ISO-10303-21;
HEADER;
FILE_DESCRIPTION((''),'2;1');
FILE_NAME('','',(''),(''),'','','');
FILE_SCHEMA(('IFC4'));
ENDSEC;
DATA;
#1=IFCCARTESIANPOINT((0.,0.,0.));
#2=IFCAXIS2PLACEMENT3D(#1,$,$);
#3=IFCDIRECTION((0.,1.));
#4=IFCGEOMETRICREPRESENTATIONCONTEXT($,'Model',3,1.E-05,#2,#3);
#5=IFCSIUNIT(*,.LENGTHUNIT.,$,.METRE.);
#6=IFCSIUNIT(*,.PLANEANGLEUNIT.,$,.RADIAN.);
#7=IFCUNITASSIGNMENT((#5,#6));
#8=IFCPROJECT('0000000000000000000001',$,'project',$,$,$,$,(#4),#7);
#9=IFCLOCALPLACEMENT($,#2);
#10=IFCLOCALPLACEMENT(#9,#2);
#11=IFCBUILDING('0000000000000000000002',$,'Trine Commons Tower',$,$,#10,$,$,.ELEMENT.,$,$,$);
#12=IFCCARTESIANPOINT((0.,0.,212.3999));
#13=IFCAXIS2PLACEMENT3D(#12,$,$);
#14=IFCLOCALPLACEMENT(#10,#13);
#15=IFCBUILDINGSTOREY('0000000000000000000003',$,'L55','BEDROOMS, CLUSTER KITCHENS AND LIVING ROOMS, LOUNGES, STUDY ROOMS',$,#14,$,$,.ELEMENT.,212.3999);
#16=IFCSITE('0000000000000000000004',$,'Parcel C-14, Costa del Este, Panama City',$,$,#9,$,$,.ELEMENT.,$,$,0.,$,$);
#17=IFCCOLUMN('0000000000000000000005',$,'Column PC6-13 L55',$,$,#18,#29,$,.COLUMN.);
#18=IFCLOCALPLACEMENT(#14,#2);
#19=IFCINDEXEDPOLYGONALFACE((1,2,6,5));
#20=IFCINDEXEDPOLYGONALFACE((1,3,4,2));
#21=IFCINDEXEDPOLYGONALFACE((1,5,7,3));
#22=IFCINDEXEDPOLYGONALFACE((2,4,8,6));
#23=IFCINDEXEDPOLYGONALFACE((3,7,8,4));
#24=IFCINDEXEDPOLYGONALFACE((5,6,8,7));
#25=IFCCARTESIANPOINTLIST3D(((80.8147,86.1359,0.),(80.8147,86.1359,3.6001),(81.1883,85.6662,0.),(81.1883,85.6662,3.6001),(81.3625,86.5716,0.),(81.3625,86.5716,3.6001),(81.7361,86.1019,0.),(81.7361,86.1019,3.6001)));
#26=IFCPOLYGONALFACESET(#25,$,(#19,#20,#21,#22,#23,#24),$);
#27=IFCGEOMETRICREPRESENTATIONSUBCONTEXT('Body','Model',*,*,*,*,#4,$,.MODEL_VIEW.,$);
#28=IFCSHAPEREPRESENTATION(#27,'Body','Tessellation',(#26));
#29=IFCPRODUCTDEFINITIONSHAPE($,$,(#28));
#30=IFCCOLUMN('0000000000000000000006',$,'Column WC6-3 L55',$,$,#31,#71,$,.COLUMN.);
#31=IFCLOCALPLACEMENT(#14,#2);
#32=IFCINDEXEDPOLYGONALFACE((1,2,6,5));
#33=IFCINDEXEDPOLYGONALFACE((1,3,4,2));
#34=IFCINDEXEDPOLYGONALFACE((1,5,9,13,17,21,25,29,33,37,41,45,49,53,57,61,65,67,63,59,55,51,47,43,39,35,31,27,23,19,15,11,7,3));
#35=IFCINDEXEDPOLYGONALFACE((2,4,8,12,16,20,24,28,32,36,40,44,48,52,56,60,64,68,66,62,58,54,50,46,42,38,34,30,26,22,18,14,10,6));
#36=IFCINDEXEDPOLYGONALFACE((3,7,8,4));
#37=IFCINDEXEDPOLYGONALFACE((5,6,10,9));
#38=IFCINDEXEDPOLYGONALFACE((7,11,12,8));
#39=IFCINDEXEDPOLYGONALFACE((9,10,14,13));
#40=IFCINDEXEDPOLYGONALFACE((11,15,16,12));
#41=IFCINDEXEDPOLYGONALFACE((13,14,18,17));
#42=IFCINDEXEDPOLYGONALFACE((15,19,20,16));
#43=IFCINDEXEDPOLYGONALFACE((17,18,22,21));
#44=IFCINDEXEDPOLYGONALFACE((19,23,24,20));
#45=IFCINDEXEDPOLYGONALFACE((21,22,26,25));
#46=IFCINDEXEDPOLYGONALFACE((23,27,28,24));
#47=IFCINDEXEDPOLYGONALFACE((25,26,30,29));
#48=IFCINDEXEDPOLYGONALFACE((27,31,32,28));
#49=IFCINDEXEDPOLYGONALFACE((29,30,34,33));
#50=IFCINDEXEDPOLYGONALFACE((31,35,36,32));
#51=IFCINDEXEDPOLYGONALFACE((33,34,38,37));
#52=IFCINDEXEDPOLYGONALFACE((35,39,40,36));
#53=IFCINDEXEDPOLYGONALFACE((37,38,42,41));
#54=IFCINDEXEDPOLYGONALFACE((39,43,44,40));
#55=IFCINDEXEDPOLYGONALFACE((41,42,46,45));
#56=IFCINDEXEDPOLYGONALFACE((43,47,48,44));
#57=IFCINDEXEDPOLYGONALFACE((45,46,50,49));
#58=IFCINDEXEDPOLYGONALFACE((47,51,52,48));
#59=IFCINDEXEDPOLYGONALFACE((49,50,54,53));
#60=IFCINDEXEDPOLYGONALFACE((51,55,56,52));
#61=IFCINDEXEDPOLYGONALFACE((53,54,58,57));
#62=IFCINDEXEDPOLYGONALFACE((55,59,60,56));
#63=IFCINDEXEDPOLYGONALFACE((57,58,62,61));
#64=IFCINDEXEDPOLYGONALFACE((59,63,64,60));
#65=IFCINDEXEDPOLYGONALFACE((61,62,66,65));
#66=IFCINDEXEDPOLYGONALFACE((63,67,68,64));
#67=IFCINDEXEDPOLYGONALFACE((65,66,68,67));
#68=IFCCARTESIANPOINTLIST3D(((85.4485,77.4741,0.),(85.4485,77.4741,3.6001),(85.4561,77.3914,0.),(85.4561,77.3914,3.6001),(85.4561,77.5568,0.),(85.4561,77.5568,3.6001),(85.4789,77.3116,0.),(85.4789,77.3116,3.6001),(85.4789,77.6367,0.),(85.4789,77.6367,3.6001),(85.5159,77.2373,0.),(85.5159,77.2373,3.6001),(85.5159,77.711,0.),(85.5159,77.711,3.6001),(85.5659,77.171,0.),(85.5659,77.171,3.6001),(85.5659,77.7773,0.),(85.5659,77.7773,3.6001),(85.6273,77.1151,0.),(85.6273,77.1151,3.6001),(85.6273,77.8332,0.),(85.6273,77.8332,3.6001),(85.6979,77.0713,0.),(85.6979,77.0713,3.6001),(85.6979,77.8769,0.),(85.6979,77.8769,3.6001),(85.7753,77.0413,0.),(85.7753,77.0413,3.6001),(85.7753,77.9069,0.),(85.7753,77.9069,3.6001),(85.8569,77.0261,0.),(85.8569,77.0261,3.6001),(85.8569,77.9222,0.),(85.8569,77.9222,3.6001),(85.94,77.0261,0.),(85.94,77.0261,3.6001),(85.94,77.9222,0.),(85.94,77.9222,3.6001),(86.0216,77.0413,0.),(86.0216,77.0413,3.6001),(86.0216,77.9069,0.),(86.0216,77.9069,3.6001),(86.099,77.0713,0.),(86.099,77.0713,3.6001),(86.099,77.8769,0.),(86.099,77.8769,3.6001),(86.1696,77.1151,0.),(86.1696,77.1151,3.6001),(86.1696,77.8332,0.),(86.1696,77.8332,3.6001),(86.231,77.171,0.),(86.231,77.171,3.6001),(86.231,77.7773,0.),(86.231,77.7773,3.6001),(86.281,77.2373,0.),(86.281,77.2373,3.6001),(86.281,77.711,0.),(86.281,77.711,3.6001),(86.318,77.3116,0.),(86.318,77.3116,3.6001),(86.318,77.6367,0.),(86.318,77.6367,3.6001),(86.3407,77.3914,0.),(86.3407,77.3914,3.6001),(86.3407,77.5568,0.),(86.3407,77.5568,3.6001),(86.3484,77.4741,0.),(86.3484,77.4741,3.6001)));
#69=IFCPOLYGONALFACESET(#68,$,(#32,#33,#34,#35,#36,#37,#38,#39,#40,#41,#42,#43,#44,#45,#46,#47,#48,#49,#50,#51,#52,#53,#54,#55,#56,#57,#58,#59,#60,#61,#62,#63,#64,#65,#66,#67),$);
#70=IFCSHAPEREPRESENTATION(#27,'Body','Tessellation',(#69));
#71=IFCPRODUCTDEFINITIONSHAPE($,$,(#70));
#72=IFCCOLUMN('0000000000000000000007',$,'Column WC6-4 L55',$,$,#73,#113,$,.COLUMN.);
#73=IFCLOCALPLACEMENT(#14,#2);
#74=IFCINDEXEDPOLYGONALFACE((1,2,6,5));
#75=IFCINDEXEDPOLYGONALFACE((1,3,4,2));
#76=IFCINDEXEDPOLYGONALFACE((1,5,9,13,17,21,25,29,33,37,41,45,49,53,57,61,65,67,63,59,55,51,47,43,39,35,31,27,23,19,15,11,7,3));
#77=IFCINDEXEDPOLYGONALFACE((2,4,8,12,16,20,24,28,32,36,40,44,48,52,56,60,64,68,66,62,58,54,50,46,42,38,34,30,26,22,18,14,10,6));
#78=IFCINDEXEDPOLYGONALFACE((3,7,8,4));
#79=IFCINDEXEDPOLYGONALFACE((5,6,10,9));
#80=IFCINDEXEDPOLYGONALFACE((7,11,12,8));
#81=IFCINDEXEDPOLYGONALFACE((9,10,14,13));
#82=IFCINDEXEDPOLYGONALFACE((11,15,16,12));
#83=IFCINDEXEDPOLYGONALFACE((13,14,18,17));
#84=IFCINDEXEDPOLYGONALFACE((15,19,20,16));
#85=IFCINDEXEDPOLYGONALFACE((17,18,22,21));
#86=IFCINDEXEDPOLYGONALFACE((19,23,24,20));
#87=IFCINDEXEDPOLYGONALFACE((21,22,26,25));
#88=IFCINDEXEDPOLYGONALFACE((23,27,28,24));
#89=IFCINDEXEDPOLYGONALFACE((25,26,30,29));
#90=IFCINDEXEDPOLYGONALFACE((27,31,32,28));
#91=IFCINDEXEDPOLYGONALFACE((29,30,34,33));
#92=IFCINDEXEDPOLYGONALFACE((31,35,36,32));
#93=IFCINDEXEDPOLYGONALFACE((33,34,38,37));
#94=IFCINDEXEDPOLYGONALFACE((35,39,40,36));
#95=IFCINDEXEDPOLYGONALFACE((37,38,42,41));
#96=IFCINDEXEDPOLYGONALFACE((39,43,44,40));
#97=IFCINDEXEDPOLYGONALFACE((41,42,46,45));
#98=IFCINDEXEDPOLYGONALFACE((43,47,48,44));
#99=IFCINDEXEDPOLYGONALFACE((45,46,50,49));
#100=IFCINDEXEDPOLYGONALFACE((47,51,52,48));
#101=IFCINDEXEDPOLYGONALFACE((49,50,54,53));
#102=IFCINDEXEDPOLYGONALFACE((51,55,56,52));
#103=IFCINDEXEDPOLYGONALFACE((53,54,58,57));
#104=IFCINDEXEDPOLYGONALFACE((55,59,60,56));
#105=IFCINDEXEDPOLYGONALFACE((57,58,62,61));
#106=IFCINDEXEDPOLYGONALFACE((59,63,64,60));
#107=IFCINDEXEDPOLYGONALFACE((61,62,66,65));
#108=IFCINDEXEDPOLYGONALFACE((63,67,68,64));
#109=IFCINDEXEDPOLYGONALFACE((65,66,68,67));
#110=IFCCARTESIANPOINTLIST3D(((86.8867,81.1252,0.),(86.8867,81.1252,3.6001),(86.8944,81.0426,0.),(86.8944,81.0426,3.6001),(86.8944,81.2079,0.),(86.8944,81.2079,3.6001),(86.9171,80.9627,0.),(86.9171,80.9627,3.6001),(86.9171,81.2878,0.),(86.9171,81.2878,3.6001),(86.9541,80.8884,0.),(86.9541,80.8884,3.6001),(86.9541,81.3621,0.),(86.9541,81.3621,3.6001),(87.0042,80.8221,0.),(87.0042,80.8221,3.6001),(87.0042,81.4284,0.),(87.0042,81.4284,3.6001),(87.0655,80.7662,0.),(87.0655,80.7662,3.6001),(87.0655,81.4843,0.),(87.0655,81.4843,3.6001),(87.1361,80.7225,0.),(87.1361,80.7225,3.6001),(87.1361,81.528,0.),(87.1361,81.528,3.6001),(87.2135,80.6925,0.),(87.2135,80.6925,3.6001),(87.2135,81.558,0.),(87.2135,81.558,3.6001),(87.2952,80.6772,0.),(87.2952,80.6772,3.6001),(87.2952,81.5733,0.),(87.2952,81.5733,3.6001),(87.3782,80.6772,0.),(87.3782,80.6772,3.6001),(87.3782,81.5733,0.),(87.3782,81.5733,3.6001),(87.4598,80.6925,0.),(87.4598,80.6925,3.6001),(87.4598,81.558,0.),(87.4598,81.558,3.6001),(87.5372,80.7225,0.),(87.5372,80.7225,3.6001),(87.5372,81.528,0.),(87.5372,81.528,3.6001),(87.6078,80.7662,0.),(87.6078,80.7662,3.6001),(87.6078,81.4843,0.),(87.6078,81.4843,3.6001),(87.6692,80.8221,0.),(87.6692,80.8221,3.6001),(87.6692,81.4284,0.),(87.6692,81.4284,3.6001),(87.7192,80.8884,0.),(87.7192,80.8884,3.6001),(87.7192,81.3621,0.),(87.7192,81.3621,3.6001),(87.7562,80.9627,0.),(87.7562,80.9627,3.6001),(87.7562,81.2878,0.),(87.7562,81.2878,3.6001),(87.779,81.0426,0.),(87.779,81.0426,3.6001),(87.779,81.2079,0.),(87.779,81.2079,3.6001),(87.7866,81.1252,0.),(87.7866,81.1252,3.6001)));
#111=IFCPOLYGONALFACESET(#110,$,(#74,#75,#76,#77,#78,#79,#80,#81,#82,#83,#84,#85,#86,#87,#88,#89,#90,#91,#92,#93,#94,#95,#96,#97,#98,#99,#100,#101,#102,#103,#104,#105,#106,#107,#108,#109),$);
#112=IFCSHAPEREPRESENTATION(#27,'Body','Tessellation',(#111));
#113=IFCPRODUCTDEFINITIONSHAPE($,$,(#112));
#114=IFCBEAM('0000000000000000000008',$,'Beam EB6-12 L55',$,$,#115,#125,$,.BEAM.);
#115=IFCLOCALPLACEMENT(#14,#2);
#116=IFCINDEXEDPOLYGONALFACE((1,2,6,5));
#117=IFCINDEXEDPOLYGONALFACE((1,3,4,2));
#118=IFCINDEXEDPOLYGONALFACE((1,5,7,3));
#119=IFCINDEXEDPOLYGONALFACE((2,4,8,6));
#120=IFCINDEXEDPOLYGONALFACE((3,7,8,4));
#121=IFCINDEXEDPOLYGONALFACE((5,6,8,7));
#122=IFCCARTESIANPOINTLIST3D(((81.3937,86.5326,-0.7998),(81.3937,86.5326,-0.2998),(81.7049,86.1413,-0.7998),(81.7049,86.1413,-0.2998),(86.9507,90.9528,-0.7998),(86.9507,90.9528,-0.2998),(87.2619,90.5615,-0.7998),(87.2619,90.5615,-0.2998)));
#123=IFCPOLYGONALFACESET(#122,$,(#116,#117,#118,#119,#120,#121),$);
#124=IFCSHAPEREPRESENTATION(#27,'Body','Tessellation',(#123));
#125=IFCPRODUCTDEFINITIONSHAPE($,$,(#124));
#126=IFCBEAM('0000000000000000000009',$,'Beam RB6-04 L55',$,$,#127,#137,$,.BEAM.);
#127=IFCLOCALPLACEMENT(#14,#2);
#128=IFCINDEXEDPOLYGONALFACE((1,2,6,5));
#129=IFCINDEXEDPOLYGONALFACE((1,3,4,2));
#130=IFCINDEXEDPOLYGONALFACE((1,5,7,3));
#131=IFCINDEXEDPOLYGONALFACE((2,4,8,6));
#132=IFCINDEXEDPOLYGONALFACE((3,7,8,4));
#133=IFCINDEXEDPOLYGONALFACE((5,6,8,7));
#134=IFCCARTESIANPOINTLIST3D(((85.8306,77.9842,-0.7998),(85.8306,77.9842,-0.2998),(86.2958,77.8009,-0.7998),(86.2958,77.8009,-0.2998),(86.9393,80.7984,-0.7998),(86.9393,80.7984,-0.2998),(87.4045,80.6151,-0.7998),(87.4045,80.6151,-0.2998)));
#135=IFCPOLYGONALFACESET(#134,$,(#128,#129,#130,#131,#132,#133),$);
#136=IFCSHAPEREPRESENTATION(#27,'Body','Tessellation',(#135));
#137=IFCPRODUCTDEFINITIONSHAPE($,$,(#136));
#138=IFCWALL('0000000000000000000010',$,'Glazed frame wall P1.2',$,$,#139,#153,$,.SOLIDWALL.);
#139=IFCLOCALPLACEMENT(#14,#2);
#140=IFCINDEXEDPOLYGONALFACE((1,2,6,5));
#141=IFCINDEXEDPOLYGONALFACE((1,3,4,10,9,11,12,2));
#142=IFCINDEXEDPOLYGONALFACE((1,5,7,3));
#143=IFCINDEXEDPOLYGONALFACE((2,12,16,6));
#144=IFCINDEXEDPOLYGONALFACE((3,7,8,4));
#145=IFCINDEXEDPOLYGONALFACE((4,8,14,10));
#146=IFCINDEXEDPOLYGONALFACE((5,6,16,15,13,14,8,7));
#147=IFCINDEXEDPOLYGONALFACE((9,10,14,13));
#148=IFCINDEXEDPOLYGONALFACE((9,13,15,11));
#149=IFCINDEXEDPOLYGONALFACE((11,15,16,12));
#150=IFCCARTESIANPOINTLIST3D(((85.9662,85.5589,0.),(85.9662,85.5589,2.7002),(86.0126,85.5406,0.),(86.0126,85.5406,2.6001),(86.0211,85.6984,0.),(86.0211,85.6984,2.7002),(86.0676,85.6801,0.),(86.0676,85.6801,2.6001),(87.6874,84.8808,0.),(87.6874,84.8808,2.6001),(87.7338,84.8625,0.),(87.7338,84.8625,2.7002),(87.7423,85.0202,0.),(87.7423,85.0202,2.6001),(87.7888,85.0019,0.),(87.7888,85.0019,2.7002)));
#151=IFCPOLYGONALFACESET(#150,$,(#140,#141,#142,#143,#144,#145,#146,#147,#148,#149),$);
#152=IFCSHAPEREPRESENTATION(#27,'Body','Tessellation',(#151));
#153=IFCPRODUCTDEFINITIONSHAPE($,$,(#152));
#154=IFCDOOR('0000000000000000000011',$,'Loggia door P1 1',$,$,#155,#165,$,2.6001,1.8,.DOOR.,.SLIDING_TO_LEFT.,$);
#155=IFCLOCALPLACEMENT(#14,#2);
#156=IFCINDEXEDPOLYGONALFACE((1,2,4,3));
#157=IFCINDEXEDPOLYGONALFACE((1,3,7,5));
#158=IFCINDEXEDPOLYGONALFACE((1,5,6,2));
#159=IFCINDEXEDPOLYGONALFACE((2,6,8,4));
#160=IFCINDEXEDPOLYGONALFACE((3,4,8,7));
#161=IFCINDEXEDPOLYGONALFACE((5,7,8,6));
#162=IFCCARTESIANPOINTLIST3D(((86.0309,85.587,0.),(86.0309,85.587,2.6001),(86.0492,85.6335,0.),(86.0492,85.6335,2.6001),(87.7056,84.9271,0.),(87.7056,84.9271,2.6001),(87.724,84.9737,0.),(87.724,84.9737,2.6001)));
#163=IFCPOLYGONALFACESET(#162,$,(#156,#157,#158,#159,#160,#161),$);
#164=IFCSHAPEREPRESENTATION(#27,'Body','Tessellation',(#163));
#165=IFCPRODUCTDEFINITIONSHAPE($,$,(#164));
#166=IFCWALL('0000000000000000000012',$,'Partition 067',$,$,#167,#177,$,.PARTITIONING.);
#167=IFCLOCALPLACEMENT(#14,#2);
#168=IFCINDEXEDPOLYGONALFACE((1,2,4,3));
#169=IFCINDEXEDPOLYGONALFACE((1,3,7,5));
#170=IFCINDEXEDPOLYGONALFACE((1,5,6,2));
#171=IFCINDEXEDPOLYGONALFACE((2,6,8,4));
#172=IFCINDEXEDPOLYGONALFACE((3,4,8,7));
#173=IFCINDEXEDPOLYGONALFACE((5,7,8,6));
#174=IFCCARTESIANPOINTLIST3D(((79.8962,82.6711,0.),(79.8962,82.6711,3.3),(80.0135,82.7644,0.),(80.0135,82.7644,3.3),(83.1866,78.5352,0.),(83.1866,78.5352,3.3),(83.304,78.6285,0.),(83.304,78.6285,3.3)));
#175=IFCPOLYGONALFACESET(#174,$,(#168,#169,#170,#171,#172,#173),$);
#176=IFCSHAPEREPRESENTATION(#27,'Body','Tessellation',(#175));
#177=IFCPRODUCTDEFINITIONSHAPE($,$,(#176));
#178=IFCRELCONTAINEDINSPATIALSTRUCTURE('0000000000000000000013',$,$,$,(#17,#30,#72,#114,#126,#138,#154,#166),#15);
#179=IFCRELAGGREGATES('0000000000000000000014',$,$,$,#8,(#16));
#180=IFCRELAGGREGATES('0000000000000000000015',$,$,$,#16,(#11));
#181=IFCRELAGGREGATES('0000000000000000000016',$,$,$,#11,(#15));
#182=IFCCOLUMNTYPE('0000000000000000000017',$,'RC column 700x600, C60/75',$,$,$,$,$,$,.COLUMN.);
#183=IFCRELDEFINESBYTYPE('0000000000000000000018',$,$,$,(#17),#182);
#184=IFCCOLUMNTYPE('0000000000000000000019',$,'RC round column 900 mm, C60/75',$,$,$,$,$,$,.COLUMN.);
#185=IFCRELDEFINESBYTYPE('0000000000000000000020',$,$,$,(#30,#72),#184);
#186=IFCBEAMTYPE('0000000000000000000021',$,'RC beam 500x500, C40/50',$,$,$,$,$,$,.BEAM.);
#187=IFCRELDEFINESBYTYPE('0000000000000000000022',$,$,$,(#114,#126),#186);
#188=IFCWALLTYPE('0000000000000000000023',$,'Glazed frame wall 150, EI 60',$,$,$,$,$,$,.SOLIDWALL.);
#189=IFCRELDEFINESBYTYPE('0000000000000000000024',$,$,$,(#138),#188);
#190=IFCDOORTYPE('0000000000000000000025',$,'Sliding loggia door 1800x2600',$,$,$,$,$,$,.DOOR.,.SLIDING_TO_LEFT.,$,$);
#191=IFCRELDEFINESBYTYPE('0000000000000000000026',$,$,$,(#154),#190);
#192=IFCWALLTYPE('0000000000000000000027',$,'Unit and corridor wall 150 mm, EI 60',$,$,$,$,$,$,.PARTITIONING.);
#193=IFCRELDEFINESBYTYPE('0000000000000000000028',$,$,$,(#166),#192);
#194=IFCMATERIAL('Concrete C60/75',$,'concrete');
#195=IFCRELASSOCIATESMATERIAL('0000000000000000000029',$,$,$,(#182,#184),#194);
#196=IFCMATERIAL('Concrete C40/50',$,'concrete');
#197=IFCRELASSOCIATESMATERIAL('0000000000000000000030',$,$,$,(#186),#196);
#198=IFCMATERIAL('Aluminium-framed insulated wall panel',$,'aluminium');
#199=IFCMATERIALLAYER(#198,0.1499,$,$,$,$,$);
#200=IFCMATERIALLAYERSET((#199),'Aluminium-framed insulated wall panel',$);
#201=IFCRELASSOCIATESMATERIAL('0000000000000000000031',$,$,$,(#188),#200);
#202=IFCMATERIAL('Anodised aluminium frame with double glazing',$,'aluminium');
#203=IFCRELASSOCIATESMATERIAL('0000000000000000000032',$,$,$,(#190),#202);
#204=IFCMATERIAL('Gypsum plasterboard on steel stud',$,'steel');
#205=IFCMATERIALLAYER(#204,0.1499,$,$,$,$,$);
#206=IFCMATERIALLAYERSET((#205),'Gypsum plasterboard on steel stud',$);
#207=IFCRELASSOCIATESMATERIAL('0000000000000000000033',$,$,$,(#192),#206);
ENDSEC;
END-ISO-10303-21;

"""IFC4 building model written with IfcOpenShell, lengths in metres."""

from ifc_helpers import new_model, si_unit, direction, frame, frame_2d, origin, origin_2d, place, context, subcontext, project, spatial, polyline, rectangle, circle, outline, extrude, material, layer, layer_set, material_profile, profile_set, type_object, element, fill, save


model = new_model("IFC4")

# Units and contexts
model_context = context("Model", 3, precision=1e-05, world=origin(), true_north=direction((0.0, 1.0)))
body_context = subcontext(model_context, "Body", "Model", "MODEL_VIEW")
ifc_project = project(units=[si_unit("LENGTHUNIT", "METRE"), si_unit("PLANEANGLEUNIT", "RADIAN")], contexts=[model_context])

# Site, building, storey
site_placement = place(None, origin())
site = spatial("IfcSite", under=ifc_project, at=site_placement, Name="Parcel C-14, Costa del Este, Panama City", CompositionType="ELEMENT", RefElevation=0.0)
building_placement = place(site_placement, origin())
building = spatial("IfcBuilding", under=site, at=building_placement, Name="Trine Commons Tower", CompositionType="ELEMENT")
storey_placement = place(building_placement, frame((0.0, 0.0, 212.3999)))
storey = spatial("IfcBuildingStorey", under=building, at=storey_placement, Name="L55", Description="BEDROOMS, CLUSTER KITCHENS AND LIVING ROOMS, LOUNGES, STUDY ROOMS", CompositionType="ELEMENT", Elevation=212.3999)

# Columns
ifc_material_1 = material(Name="Concrete C60/75", Category="concrete")
ifc_material_profile_1 = material_profile(ifc_material_1, rectangle(XDim=0.7, YDim=0.6001, at=origin_2d()), Name="RC 700x600")
ifc_profile_set_1 = profile_set([ifc_material_profile_1], Name="Concrete C60/75")
column_type_1 = type_object("IfcColumnType", Name="RC column 700x600, C60/75", PredefinedType="COLUMN", material=ifc_profile_set_1)
column_placement = place(storey_placement, frame((81.2754, 86.1189, 0.0), z_axis=(0.0, 0.0, 1.0), x_axis=(0.782608, 0.622515, 0.0)))
element("IfcColumn", 1, at=column_placement, inside=storey, type_object=column_type_1, Name="Column PC6-13 L55", PredefinedType="COLUMN", context=body_context, shape_type="SweptSolid", body=[
    extrude(rectangle(XDim=0.7, YDim=0.6001, at=origin_2d()), origin(), (0.0, 0.0, 1.0), 3.6001),
])
ifc_material_profile_2 = material_profile(ifc_material_1, circle(Radius=0.45, at=origin_2d()), Name="RC round 900")
ifc_profile_set_2 = profile_set([ifc_material_profile_2], Name="Concrete C60/75")
column_type_2 = type_object("IfcColumnType", Name="RC round column 900 mm, C60/75", PredefinedType="COLUMN", material=ifc_profile_set_2)
for number, where, z_axis, x_axis, name in (
    (2, (85.8984, 77.4741, 0.0), (0.0, 0.0, 1.0), (1.0, 0.0, 0.0), "Column WC6-3 L55"),
    (3, (87.3367, 81.1252, 0.0), (0.0, 0.0, 1.0), (1.0, 0.0, 0.0), "Column WC6-4 L55"),
):
    element("IfcColumn", number, at=place(storey_placement, frame(where, z_axis=z_axis, x_axis=x_axis)), inside=storey, type_object=column_type_2, Name=name, PredefinedType="COLUMN", context=body_context, shape_type="SweptSolid", body=[
        extrude(circle(Radius=0.45, at=origin_2d()), origin(), (0.0, 0.0, 1.0), 3.6001),
    ])

# Beams
ifc_material_2 = material(Name="Concrete C40/50", Category="concrete")
ifc_material_profile_3 = material_profile(ifc_material_2, rectangle(XDim=0.5, YDim=0.5, at=origin_2d()), Name="RC 500x500")
ifc_profile_set_3 = profile_set([ifc_material_profile_3], Name="Concrete C40/50")
beam_type = type_object("IfcBeamType", Name="RC beam 500x500, C40/50", PredefinedType="BEAM", material=ifc_profile_set_3)
beam_1_placement = place(storey_placement, frame((81.5493, 86.3369, -0.5498), z_axis=(0.782607, 0.622516, 0.0), x_axis=(-0.622516, 0.782607, 0.0)))
element("IfcBeam", 4, at=beam_1_placement, inside=storey, type_object=beam_type, Name="Beam EB6-12 L55", PredefinedType="BEAM", context=body_context, shape_type="SweptSolid", body=[
    extrude(rectangle(XDim=0.5, YDim=0.5, at=origin_2d()), origin(), (0.0, 0.0, 1.0), 7.1006),
])
beam_2_placement = place(storey_placement, frame((86.0632, 77.8926, -0.5498), z_axis=(0.366529, 0.930407, 0.0), x_axis=(-0.930407, 0.366529, 0.0)))
element("IfcBeam", 5, at=beam_2_placement, inside=storey, type_object=beam_type, Name="Beam RB6-04 L55", PredefinedType="BEAM", context=body_context, shape_type="SweptSolid", body=[
    extrude(rectangle(XDim=0.5, YDim=0.5, at=origin_2d()), origin(), (0.0, 0.0, 1.0), 3.0247),
])

# Shared definitions
ifc_material_3 = material(Name="Aluminium-framed insulated wall panel", Category="aluminium")
ifc_layer_1 = layer(ifc_material_3, 0.1499)
ifc_layer_set_1 = layer_set([ifc_layer_1], Name="Aluminium-framed insulated wall panel")
wall_type_1 = type_object("IfcWallType", Name="Glazed frame wall 150, EI 60", PredefinedType="SOLIDWALL", material=ifc_layer_set_1)

# Wall, opening, door
wall_1_placement = place(storey_placement, frame((85.9937, 85.6287, 0.0), z_axis=(0.0, 0.0, 1.0), x_axis=(0.930387, -0.366578, 0.0)))
wall_1 = element("IfcWall", 6, at=wall_1_placement, inside=storey, type_object=wall_type_1, Name="Glazed frame wall P1.2", PredefinedType="SOLIDWALL", context=body_context, shape_type="SweptSolid", body=[
    extrude(outline(polyline([(0.0, -0.075), (1.8999, -0.075), (1.8999, 0.075), (0.0, 0.075), (0.0, -0.075)])), origin(), (0.0, 0.0, 1.0), 2.7002),
])
opening_1_placement = place(wall_1_placement, frame((0.05, 0.0, 0.0)))
opening_1 = element("IfcOpeningElement", 7, at=opening_1_placement, cuts=wall_1, PredefinedType="OPENING", context=body_context, shape_type="SweptSolid", body=[
    extrude(rectangle(XDim=1.8, YDim=2.6001, at=frame_2d((0.8999, 1.3))), frame((0.0, 0.085, 0.0), z_axis=(0.0, -1.0, 0.0), x_axis=(1.0, 0.0, 0.0)), (0.0, 0.0, 1.0), 0.1699),
])
ifc_material_4 = material(Name="Anodised aluminium frame with double glazing", Category="aluminium")
door_type_1 = type_object("IfcDoorType", Name="Sliding loggia door 1800x2600", OperationType="SLIDING_TO_LEFT", PredefinedType="DOOR", material=ifc_material_4)
door_1_placement = place(opening_1_placement, origin())
door_1 = element("IfcDoor", 8, at=door_1_placement, inside=storey, type_object=door_type_1, Name="Loggia door P1 1", OperationType="SLIDING_TO_LEFT", OverallHeight=2.6001, OverallWidth=1.8, PredefinedType="DOOR", context=body_context, shape_type="SweptSolid", body=[
    extrude(rectangle(XDim=1.8, YDim=2.6001, at=frame_2d((0.8999, 1.3))), frame((0.0, 0.0249, 0.0), z_axis=(0.0, -1.0, 0.0), x_axis=(1.0, 0.0, 0.0)), (0.0, 0.0, 1.0), 0.05),
])
fill(opening_1, door_1)

# Wall
ifc_material_5 = material(Name="Gypsum plasterboard on steel stud", Category="steel")
ifc_layer_2 = layer(ifc_material_5, 0.1499)
ifc_layer_set_2 = layer_set([ifc_layer_2], Name="Gypsum plasterboard on steel stud")
wall_type_2 = type_object("IfcWallType", Name="Unit and corridor wall 150 mm, EI 60", PredefinedType="PARTITIONING", material=ifc_layer_set_2)
wall_2_placement = place(storey_placement, frame((79.9548, 82.7178, 0.0), z_axis=(0.0, 0.0, 1.0), x_axis=(0.622586, -0.782551, 0.0)))
element("IfcWall", 9, at=wall_2_placement, inside=storey, type_object=wall_type_2, Name="Partition 067", PredefinedType="PARTITIONING", context=body_context, shape_type="SweptSolid", body=[
    extrude(rectangle(XDim=5.2852, YDim=0.1499, at=frame_2d((2.6426, 0.0))), origin(), (0.0, 0.0, 1.0), 3.3),
])

save(model, "model.ifc")
